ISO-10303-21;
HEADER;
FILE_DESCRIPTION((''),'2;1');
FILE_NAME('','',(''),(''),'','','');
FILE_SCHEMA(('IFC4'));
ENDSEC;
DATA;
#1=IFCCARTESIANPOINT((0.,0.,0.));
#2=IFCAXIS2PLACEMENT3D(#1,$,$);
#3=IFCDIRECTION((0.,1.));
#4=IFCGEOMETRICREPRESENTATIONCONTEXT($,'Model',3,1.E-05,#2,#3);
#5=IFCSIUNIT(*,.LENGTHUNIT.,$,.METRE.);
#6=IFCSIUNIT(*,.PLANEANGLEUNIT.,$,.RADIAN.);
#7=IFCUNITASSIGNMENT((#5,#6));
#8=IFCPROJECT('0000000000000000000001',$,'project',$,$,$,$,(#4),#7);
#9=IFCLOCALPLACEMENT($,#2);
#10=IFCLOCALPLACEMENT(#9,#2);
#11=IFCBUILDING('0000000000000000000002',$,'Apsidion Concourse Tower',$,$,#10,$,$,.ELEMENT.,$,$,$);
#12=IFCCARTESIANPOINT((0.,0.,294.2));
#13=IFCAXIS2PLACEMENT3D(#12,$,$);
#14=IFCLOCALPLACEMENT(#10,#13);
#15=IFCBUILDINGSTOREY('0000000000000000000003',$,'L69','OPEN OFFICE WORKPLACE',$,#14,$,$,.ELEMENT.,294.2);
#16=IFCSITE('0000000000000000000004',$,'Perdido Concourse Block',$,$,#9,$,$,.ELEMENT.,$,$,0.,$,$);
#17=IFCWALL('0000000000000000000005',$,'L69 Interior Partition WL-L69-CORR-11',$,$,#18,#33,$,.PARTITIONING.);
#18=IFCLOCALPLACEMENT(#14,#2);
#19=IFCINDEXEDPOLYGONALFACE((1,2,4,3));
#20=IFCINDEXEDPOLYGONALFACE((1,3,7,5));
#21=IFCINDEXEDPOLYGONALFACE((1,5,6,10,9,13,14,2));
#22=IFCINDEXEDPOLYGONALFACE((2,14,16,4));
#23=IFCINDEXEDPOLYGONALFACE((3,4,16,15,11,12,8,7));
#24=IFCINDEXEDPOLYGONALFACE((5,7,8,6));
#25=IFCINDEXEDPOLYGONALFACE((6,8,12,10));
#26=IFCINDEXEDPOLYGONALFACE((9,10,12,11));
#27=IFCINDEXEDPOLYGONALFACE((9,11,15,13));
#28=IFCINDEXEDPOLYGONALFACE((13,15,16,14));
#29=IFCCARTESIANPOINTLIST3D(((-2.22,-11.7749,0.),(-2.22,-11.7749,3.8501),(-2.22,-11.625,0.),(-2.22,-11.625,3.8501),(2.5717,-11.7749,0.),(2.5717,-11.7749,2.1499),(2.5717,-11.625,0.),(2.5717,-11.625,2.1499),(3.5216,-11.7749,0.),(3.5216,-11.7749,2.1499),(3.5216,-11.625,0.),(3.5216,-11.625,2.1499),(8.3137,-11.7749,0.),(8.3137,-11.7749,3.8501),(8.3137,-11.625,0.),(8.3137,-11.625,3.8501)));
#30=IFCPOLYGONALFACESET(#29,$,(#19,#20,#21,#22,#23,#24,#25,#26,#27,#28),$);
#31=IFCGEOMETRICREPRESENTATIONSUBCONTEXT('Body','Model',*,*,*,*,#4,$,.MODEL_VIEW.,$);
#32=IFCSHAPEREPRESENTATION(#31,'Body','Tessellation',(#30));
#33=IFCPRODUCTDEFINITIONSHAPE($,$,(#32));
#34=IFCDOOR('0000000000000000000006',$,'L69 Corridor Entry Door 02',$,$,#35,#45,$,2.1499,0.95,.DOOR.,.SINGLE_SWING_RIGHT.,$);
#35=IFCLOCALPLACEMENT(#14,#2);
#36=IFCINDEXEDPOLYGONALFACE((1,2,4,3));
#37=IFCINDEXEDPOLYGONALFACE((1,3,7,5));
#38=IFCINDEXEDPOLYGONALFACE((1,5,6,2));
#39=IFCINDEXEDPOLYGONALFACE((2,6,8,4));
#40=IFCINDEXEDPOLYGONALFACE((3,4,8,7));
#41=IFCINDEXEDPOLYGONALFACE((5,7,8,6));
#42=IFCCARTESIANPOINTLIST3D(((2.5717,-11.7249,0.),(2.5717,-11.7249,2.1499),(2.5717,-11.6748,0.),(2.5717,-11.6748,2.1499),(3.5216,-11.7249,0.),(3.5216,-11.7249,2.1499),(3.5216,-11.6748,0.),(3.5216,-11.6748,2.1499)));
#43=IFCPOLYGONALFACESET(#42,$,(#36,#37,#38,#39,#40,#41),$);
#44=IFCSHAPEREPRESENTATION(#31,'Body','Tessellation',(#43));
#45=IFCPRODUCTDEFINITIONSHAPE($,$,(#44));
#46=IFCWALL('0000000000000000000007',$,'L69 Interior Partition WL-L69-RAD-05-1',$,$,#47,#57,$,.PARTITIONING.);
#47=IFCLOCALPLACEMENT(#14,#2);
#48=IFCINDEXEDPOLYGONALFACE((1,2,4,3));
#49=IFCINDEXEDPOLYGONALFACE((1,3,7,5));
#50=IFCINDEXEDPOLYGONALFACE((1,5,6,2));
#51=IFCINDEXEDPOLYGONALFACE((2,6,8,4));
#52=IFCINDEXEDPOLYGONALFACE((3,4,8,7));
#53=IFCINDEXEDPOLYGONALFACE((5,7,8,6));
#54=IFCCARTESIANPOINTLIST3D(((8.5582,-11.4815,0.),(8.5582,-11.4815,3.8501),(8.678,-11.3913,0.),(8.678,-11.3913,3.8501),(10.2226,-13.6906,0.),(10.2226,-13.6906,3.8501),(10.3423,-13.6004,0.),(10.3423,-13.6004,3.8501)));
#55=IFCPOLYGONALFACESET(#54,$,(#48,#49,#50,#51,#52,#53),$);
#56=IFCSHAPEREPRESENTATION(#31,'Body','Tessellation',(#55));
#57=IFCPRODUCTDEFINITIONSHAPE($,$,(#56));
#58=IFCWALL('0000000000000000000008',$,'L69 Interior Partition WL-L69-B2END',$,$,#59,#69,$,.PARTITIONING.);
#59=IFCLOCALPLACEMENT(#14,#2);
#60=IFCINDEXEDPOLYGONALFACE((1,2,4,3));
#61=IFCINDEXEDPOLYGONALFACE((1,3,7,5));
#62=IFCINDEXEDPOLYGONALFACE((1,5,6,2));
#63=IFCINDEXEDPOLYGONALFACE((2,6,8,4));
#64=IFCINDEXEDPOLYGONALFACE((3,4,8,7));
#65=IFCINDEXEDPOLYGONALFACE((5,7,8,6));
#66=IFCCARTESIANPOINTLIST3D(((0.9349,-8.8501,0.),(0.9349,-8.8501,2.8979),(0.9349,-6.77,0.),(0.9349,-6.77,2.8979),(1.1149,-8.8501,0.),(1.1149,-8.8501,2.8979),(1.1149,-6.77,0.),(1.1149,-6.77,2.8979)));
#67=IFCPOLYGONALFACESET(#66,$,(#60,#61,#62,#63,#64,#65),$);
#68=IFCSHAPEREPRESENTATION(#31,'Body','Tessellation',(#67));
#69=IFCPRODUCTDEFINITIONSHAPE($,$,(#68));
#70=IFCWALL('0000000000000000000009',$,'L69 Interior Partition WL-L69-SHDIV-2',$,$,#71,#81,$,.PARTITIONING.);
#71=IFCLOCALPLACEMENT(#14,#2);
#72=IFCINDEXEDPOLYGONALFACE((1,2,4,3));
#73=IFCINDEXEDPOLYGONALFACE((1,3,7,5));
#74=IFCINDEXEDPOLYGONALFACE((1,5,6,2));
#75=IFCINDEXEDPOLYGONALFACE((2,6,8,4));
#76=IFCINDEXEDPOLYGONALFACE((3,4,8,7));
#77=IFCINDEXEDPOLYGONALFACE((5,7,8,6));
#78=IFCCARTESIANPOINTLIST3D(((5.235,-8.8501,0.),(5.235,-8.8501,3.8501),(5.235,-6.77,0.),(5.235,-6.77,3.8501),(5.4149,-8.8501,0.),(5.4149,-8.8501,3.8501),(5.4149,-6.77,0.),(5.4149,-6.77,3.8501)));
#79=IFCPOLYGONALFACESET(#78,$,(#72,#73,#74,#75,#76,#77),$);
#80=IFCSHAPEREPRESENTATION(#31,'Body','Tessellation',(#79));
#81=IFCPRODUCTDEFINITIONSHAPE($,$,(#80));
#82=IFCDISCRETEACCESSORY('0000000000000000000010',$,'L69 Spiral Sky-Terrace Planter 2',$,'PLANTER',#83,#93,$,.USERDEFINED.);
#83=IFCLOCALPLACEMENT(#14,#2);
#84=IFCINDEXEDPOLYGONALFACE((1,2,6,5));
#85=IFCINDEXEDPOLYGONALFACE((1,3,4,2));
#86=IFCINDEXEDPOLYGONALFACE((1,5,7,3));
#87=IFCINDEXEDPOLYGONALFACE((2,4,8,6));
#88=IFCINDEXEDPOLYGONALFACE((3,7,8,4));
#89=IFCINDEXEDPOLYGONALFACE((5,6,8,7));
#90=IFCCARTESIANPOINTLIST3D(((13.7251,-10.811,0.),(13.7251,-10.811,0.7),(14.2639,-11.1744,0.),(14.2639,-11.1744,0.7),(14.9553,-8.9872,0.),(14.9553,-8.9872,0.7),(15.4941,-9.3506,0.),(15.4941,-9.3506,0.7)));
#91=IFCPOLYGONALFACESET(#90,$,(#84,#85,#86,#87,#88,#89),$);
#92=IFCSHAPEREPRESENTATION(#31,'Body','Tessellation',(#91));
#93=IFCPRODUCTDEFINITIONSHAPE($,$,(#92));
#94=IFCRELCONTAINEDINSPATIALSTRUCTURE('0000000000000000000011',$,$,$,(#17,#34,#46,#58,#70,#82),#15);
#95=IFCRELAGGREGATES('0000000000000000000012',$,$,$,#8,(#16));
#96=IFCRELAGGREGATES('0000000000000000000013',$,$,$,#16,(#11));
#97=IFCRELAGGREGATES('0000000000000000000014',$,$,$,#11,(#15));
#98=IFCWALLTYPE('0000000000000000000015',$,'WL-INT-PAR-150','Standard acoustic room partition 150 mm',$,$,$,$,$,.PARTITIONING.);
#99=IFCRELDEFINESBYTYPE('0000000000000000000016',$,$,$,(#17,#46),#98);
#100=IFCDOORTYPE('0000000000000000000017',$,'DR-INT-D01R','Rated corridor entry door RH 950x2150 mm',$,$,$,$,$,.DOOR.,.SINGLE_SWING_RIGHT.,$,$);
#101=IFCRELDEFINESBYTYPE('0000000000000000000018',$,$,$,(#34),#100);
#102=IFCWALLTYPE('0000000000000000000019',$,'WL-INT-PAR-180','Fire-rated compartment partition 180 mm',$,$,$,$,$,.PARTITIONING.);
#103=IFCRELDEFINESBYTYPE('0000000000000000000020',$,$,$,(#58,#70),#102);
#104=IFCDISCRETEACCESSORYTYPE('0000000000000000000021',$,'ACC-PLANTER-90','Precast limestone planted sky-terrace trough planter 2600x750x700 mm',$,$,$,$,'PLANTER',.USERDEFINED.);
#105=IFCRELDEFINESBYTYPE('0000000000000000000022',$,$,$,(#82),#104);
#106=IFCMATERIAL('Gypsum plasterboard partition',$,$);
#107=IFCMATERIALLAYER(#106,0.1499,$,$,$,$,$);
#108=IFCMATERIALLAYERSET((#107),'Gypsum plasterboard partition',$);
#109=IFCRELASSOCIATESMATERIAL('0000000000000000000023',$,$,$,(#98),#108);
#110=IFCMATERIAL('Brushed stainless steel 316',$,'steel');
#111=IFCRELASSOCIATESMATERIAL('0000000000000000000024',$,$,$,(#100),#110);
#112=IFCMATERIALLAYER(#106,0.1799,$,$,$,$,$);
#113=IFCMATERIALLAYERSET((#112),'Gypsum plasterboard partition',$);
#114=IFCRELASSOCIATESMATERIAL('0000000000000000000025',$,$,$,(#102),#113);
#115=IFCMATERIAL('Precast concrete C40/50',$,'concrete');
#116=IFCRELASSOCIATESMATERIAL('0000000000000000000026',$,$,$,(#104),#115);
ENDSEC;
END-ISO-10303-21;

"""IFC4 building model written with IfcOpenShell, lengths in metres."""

from ifc_helpers import new_model, si_unit, direction, frame, frame_2d, origin, origin_2d, place, context, subcontext, project, spatial, rectangle, extrude, material, layer, layer_set, type_object, element, fill, save


model = new_model("IFC4")

# Units and contexts
model_context = context("Model", 3, precision=1e-05, world=origin(), true_north=direction((0.0, 1.0)))
body_context = subcontext(model_context, "Body", "Model", "MODEL_VIEW")
ifc_project = project(units=[si_unit("LENGTHUNIT", "METRE"), si_unit("PLANEANGLEUNIT", "RADIAN")], contexts=[model_context])

# Site, building, storey
site_placement = place(None, origin())
site = spatial("IfcSite", under=ifc_project, at=site_placement, Name="Perdido Concourse Block", CompositionType="ELEMENT", RefElevation=0.0)
building_placement = place(site_placement, origin())
building = spatial("IfcBuilding", under=site, at=building_placement, Name="Apsidion Concourse Tower", CompositionType="ELEMENT")
storey_placement = place(building_placement, frame((0.0, 0.0, 294.2)))
storey = spatial("IfcBuildingStorey", under=building, at=storey_placement, Name="L69", Description="OPEN OFFICE WORKPLACE", CompositionType="ELEMENT", Elevation=294.2)

# Shared definitions
ifc_material_1 = material(Name="Precast concrete C40/50", Category="concrete")
ifc_material_2 = material(Name="Gypsum plasterboard partition")
ifc_layer_1 = layer(ifc_material_2, 0.1499)
ifc_layer_set_1 = layer_set([ifc_layer_1], Name="Gypsum plasterboard partition")
wall_type_1 = type_object("IfcWallType", Name="WL-INT-PAR-150", Description="Standard acoustic room partition 150 mm", PredefinedType="PARTITIONING", material=ifc_layer_set_1)

# Wall, opening, door
wall_1_placement = place(storey_placement, frame((8.3137, -11.7, 0.0), z_axis=(0.0, 0.0, 1.0), x_axis=(-1.0, 0.0, 0.0)))
wall_1 = element("IfcWall", 1, at=wall_1_placement, inside=storey, type_object=wall_type_1, Name="L69 Interior Partition WL-L69-CORR-11", PredefinedType="PARTITIONING", context=body_context, shape_type="SweptSolid", body=[
    extrude(rectangle(XDim=10.5337, YDim=0.1499, at=frame_2d((5.2668, 0.0))), origin(), (0.0, 0.0, 1.0), 3.8501),
])
opening_1_placement = place(wall_1_placement, frame((4.792, 0.0, 0.0)))
opening_1 = element("IfcOpeningElement", 2, at=opening_1_placement, cuts=wall_1, PredefinedType="OPENING", context=body_context, shape_type="SweptSolid", body=[
    extrude(rectangle(XDim=0.95, YDim=2.1499, at=frame_2d((0.4751, 1.075))), frame((0.0, 0.085, 0.0), z_axis=(0.0, -1.0, 0.0), x_axis=(1.0, 0.0, 0.0)), (0.0, 0.0, 1.0), 0.1699),
])
ifc_material_3 = material(Name="Brushed stainless steel 316", Category="steel")
door_type_1 = type_object("IfcDoorType", Name="DR-INT-D01R", Description="Rated corridor entry door RH 950x2150 mm", OperationType="SINGLE_SWING_RIGHT", PredefinedType="DOOR", material=ifc_material_3)
door_1_placement = place(opening_1_placement, origin())
door_1 = element("IfcDoor", 3, at=door_1_placement, inside=storey, type_object=door_type_1, Name="L69 Corridor Entry Door 02", OperationType="SINGLE_SWING_RIGHT", OverallHeight=2.1499, OverallWidth=0.95, PredefinedType="DOOR", context=body_context, shape_type="SweptSolid", body=[
    extrude(rectangle(XDim=0.95, YDim=2.1499, at=frame_2d((0.4751, 1.075))), frame((0.0, 0.0249, 0.0), z_axis=(0.0, -1.0, 0.0), x_axis=(1.0, 0.0, 0.0)), (0.0, 0.0, 1.0), 0.05),
])
fill(opening_1, door_1)

# Walls
wall_2_placement = place(storey_placement, frame((8.6182, -11.4365, 0.0), z_axis=(0.0, 0.0, 1.0), x_axis=(0.60175, -0.798685, 0.0)))
element("IfcWall", 4, at=wall_2_placement, inside=storey, type_object=wall_type_1, Name="L69 Interior Partition WL-L69-RAD-05-1", PredefinedType="PARTITIONING", context=body_context, shape_type="SweptSolid", body=[
    extrude(rectangle(XDim=2.7659, YDim=0.1499, at=frame_2d((1.3828, 0.0))), origin(), (0.0, 0.0, 1.0), 3.8501),
])
ifc_layer_2 = layer(ifc_material_2, 0.1799)
ifc_layer_set_2 = layer_set([ifc_layer_2], Name="Gypsum plasterboard partition")
wall_type_2 = type_object("IfcWallType", Name="WL-INT-PAR-180", Description="Fire-rated compartment partition 180 mm", PredefinedType="PARTITIONING", material=ifc_layer_set_2)
wall_3_placement = place(storey_placement, frame((1.0249, -8.8501, 0.0), z_axis=(0.0, 0.0, 1.0), x_axis=(0.0, 1.0, 0.0)))
element("IfcWall", 5, at=wall_3_placement, inside=storey, type_object=wall_type_2, Name="L69 Interior Partition WL-L69-B2END", PredefinedType="PARTITIONING", context=body_context, shape_type="SweptSolid", body=[
    extrude(rectangle(XDim=2.0801, YDim=0.1799, at=frame_2d((1.04, 0.0))), origin(), (0.0, 0.0, 1.0), 2.8979),
])
wall_4_placement = place(storey_placement, frame((5.325, -8.8501, 0.0), z_axis=(0.0, 0.0, 1.0), x_axis=(0.0, 1.0, 0.0)))
element("IfcWall", 6, at=wall_4_placement, inside=storey, type_object=wall_type_2, Name="L69 Interior Partition WL-L69-SHDIV-2", PredefinedType="PARTITIONING", context=body_context, shape_type="SweptSolid", body=[
    extrude(rectangle(XDim=2.0801, YDim=0.1799, at=frame_2d((1.04, 0.0))), origin(), (0.0, 0.0, 1.0), 3.8501),
])

# Discrete accessory
discrete_accessory_type = type_object("IfcDiscreteAccessoryType", Name="ACC-PLANTER-90", Description="Precast limestone planted sky-terrace trough planter 2600x750x700 mm", ElementType="PLANTER", PredefinedType="USERDEFINED", material=ifc_material_1)
discrete_accessory_placement = place(storey_placement, frame((14.6096, -10.0808, 0.0), z_axis=(0.0, 0.0, 1.0), x_axis=(0.559193, 0.829038, 0.0)))
element("IfcDiscreteAccessory", 7, at=discrete_accessory_placement, inside=storey, type_object=discrete_accessory_type, Name="L69 Spiral Sky-Terrace Planter 2", ObjectType="PLANTER", PredefinedType="USERDEFINED", context=body_context, shape_type="SweptSolid", body=[
    extrude(rectangle(XDim=2.2, YDim=0.6499, at=origin_2d()), origin(), (0.0, 0.0, 1.0), 0.7),
])

save(model, "model.ifc")
